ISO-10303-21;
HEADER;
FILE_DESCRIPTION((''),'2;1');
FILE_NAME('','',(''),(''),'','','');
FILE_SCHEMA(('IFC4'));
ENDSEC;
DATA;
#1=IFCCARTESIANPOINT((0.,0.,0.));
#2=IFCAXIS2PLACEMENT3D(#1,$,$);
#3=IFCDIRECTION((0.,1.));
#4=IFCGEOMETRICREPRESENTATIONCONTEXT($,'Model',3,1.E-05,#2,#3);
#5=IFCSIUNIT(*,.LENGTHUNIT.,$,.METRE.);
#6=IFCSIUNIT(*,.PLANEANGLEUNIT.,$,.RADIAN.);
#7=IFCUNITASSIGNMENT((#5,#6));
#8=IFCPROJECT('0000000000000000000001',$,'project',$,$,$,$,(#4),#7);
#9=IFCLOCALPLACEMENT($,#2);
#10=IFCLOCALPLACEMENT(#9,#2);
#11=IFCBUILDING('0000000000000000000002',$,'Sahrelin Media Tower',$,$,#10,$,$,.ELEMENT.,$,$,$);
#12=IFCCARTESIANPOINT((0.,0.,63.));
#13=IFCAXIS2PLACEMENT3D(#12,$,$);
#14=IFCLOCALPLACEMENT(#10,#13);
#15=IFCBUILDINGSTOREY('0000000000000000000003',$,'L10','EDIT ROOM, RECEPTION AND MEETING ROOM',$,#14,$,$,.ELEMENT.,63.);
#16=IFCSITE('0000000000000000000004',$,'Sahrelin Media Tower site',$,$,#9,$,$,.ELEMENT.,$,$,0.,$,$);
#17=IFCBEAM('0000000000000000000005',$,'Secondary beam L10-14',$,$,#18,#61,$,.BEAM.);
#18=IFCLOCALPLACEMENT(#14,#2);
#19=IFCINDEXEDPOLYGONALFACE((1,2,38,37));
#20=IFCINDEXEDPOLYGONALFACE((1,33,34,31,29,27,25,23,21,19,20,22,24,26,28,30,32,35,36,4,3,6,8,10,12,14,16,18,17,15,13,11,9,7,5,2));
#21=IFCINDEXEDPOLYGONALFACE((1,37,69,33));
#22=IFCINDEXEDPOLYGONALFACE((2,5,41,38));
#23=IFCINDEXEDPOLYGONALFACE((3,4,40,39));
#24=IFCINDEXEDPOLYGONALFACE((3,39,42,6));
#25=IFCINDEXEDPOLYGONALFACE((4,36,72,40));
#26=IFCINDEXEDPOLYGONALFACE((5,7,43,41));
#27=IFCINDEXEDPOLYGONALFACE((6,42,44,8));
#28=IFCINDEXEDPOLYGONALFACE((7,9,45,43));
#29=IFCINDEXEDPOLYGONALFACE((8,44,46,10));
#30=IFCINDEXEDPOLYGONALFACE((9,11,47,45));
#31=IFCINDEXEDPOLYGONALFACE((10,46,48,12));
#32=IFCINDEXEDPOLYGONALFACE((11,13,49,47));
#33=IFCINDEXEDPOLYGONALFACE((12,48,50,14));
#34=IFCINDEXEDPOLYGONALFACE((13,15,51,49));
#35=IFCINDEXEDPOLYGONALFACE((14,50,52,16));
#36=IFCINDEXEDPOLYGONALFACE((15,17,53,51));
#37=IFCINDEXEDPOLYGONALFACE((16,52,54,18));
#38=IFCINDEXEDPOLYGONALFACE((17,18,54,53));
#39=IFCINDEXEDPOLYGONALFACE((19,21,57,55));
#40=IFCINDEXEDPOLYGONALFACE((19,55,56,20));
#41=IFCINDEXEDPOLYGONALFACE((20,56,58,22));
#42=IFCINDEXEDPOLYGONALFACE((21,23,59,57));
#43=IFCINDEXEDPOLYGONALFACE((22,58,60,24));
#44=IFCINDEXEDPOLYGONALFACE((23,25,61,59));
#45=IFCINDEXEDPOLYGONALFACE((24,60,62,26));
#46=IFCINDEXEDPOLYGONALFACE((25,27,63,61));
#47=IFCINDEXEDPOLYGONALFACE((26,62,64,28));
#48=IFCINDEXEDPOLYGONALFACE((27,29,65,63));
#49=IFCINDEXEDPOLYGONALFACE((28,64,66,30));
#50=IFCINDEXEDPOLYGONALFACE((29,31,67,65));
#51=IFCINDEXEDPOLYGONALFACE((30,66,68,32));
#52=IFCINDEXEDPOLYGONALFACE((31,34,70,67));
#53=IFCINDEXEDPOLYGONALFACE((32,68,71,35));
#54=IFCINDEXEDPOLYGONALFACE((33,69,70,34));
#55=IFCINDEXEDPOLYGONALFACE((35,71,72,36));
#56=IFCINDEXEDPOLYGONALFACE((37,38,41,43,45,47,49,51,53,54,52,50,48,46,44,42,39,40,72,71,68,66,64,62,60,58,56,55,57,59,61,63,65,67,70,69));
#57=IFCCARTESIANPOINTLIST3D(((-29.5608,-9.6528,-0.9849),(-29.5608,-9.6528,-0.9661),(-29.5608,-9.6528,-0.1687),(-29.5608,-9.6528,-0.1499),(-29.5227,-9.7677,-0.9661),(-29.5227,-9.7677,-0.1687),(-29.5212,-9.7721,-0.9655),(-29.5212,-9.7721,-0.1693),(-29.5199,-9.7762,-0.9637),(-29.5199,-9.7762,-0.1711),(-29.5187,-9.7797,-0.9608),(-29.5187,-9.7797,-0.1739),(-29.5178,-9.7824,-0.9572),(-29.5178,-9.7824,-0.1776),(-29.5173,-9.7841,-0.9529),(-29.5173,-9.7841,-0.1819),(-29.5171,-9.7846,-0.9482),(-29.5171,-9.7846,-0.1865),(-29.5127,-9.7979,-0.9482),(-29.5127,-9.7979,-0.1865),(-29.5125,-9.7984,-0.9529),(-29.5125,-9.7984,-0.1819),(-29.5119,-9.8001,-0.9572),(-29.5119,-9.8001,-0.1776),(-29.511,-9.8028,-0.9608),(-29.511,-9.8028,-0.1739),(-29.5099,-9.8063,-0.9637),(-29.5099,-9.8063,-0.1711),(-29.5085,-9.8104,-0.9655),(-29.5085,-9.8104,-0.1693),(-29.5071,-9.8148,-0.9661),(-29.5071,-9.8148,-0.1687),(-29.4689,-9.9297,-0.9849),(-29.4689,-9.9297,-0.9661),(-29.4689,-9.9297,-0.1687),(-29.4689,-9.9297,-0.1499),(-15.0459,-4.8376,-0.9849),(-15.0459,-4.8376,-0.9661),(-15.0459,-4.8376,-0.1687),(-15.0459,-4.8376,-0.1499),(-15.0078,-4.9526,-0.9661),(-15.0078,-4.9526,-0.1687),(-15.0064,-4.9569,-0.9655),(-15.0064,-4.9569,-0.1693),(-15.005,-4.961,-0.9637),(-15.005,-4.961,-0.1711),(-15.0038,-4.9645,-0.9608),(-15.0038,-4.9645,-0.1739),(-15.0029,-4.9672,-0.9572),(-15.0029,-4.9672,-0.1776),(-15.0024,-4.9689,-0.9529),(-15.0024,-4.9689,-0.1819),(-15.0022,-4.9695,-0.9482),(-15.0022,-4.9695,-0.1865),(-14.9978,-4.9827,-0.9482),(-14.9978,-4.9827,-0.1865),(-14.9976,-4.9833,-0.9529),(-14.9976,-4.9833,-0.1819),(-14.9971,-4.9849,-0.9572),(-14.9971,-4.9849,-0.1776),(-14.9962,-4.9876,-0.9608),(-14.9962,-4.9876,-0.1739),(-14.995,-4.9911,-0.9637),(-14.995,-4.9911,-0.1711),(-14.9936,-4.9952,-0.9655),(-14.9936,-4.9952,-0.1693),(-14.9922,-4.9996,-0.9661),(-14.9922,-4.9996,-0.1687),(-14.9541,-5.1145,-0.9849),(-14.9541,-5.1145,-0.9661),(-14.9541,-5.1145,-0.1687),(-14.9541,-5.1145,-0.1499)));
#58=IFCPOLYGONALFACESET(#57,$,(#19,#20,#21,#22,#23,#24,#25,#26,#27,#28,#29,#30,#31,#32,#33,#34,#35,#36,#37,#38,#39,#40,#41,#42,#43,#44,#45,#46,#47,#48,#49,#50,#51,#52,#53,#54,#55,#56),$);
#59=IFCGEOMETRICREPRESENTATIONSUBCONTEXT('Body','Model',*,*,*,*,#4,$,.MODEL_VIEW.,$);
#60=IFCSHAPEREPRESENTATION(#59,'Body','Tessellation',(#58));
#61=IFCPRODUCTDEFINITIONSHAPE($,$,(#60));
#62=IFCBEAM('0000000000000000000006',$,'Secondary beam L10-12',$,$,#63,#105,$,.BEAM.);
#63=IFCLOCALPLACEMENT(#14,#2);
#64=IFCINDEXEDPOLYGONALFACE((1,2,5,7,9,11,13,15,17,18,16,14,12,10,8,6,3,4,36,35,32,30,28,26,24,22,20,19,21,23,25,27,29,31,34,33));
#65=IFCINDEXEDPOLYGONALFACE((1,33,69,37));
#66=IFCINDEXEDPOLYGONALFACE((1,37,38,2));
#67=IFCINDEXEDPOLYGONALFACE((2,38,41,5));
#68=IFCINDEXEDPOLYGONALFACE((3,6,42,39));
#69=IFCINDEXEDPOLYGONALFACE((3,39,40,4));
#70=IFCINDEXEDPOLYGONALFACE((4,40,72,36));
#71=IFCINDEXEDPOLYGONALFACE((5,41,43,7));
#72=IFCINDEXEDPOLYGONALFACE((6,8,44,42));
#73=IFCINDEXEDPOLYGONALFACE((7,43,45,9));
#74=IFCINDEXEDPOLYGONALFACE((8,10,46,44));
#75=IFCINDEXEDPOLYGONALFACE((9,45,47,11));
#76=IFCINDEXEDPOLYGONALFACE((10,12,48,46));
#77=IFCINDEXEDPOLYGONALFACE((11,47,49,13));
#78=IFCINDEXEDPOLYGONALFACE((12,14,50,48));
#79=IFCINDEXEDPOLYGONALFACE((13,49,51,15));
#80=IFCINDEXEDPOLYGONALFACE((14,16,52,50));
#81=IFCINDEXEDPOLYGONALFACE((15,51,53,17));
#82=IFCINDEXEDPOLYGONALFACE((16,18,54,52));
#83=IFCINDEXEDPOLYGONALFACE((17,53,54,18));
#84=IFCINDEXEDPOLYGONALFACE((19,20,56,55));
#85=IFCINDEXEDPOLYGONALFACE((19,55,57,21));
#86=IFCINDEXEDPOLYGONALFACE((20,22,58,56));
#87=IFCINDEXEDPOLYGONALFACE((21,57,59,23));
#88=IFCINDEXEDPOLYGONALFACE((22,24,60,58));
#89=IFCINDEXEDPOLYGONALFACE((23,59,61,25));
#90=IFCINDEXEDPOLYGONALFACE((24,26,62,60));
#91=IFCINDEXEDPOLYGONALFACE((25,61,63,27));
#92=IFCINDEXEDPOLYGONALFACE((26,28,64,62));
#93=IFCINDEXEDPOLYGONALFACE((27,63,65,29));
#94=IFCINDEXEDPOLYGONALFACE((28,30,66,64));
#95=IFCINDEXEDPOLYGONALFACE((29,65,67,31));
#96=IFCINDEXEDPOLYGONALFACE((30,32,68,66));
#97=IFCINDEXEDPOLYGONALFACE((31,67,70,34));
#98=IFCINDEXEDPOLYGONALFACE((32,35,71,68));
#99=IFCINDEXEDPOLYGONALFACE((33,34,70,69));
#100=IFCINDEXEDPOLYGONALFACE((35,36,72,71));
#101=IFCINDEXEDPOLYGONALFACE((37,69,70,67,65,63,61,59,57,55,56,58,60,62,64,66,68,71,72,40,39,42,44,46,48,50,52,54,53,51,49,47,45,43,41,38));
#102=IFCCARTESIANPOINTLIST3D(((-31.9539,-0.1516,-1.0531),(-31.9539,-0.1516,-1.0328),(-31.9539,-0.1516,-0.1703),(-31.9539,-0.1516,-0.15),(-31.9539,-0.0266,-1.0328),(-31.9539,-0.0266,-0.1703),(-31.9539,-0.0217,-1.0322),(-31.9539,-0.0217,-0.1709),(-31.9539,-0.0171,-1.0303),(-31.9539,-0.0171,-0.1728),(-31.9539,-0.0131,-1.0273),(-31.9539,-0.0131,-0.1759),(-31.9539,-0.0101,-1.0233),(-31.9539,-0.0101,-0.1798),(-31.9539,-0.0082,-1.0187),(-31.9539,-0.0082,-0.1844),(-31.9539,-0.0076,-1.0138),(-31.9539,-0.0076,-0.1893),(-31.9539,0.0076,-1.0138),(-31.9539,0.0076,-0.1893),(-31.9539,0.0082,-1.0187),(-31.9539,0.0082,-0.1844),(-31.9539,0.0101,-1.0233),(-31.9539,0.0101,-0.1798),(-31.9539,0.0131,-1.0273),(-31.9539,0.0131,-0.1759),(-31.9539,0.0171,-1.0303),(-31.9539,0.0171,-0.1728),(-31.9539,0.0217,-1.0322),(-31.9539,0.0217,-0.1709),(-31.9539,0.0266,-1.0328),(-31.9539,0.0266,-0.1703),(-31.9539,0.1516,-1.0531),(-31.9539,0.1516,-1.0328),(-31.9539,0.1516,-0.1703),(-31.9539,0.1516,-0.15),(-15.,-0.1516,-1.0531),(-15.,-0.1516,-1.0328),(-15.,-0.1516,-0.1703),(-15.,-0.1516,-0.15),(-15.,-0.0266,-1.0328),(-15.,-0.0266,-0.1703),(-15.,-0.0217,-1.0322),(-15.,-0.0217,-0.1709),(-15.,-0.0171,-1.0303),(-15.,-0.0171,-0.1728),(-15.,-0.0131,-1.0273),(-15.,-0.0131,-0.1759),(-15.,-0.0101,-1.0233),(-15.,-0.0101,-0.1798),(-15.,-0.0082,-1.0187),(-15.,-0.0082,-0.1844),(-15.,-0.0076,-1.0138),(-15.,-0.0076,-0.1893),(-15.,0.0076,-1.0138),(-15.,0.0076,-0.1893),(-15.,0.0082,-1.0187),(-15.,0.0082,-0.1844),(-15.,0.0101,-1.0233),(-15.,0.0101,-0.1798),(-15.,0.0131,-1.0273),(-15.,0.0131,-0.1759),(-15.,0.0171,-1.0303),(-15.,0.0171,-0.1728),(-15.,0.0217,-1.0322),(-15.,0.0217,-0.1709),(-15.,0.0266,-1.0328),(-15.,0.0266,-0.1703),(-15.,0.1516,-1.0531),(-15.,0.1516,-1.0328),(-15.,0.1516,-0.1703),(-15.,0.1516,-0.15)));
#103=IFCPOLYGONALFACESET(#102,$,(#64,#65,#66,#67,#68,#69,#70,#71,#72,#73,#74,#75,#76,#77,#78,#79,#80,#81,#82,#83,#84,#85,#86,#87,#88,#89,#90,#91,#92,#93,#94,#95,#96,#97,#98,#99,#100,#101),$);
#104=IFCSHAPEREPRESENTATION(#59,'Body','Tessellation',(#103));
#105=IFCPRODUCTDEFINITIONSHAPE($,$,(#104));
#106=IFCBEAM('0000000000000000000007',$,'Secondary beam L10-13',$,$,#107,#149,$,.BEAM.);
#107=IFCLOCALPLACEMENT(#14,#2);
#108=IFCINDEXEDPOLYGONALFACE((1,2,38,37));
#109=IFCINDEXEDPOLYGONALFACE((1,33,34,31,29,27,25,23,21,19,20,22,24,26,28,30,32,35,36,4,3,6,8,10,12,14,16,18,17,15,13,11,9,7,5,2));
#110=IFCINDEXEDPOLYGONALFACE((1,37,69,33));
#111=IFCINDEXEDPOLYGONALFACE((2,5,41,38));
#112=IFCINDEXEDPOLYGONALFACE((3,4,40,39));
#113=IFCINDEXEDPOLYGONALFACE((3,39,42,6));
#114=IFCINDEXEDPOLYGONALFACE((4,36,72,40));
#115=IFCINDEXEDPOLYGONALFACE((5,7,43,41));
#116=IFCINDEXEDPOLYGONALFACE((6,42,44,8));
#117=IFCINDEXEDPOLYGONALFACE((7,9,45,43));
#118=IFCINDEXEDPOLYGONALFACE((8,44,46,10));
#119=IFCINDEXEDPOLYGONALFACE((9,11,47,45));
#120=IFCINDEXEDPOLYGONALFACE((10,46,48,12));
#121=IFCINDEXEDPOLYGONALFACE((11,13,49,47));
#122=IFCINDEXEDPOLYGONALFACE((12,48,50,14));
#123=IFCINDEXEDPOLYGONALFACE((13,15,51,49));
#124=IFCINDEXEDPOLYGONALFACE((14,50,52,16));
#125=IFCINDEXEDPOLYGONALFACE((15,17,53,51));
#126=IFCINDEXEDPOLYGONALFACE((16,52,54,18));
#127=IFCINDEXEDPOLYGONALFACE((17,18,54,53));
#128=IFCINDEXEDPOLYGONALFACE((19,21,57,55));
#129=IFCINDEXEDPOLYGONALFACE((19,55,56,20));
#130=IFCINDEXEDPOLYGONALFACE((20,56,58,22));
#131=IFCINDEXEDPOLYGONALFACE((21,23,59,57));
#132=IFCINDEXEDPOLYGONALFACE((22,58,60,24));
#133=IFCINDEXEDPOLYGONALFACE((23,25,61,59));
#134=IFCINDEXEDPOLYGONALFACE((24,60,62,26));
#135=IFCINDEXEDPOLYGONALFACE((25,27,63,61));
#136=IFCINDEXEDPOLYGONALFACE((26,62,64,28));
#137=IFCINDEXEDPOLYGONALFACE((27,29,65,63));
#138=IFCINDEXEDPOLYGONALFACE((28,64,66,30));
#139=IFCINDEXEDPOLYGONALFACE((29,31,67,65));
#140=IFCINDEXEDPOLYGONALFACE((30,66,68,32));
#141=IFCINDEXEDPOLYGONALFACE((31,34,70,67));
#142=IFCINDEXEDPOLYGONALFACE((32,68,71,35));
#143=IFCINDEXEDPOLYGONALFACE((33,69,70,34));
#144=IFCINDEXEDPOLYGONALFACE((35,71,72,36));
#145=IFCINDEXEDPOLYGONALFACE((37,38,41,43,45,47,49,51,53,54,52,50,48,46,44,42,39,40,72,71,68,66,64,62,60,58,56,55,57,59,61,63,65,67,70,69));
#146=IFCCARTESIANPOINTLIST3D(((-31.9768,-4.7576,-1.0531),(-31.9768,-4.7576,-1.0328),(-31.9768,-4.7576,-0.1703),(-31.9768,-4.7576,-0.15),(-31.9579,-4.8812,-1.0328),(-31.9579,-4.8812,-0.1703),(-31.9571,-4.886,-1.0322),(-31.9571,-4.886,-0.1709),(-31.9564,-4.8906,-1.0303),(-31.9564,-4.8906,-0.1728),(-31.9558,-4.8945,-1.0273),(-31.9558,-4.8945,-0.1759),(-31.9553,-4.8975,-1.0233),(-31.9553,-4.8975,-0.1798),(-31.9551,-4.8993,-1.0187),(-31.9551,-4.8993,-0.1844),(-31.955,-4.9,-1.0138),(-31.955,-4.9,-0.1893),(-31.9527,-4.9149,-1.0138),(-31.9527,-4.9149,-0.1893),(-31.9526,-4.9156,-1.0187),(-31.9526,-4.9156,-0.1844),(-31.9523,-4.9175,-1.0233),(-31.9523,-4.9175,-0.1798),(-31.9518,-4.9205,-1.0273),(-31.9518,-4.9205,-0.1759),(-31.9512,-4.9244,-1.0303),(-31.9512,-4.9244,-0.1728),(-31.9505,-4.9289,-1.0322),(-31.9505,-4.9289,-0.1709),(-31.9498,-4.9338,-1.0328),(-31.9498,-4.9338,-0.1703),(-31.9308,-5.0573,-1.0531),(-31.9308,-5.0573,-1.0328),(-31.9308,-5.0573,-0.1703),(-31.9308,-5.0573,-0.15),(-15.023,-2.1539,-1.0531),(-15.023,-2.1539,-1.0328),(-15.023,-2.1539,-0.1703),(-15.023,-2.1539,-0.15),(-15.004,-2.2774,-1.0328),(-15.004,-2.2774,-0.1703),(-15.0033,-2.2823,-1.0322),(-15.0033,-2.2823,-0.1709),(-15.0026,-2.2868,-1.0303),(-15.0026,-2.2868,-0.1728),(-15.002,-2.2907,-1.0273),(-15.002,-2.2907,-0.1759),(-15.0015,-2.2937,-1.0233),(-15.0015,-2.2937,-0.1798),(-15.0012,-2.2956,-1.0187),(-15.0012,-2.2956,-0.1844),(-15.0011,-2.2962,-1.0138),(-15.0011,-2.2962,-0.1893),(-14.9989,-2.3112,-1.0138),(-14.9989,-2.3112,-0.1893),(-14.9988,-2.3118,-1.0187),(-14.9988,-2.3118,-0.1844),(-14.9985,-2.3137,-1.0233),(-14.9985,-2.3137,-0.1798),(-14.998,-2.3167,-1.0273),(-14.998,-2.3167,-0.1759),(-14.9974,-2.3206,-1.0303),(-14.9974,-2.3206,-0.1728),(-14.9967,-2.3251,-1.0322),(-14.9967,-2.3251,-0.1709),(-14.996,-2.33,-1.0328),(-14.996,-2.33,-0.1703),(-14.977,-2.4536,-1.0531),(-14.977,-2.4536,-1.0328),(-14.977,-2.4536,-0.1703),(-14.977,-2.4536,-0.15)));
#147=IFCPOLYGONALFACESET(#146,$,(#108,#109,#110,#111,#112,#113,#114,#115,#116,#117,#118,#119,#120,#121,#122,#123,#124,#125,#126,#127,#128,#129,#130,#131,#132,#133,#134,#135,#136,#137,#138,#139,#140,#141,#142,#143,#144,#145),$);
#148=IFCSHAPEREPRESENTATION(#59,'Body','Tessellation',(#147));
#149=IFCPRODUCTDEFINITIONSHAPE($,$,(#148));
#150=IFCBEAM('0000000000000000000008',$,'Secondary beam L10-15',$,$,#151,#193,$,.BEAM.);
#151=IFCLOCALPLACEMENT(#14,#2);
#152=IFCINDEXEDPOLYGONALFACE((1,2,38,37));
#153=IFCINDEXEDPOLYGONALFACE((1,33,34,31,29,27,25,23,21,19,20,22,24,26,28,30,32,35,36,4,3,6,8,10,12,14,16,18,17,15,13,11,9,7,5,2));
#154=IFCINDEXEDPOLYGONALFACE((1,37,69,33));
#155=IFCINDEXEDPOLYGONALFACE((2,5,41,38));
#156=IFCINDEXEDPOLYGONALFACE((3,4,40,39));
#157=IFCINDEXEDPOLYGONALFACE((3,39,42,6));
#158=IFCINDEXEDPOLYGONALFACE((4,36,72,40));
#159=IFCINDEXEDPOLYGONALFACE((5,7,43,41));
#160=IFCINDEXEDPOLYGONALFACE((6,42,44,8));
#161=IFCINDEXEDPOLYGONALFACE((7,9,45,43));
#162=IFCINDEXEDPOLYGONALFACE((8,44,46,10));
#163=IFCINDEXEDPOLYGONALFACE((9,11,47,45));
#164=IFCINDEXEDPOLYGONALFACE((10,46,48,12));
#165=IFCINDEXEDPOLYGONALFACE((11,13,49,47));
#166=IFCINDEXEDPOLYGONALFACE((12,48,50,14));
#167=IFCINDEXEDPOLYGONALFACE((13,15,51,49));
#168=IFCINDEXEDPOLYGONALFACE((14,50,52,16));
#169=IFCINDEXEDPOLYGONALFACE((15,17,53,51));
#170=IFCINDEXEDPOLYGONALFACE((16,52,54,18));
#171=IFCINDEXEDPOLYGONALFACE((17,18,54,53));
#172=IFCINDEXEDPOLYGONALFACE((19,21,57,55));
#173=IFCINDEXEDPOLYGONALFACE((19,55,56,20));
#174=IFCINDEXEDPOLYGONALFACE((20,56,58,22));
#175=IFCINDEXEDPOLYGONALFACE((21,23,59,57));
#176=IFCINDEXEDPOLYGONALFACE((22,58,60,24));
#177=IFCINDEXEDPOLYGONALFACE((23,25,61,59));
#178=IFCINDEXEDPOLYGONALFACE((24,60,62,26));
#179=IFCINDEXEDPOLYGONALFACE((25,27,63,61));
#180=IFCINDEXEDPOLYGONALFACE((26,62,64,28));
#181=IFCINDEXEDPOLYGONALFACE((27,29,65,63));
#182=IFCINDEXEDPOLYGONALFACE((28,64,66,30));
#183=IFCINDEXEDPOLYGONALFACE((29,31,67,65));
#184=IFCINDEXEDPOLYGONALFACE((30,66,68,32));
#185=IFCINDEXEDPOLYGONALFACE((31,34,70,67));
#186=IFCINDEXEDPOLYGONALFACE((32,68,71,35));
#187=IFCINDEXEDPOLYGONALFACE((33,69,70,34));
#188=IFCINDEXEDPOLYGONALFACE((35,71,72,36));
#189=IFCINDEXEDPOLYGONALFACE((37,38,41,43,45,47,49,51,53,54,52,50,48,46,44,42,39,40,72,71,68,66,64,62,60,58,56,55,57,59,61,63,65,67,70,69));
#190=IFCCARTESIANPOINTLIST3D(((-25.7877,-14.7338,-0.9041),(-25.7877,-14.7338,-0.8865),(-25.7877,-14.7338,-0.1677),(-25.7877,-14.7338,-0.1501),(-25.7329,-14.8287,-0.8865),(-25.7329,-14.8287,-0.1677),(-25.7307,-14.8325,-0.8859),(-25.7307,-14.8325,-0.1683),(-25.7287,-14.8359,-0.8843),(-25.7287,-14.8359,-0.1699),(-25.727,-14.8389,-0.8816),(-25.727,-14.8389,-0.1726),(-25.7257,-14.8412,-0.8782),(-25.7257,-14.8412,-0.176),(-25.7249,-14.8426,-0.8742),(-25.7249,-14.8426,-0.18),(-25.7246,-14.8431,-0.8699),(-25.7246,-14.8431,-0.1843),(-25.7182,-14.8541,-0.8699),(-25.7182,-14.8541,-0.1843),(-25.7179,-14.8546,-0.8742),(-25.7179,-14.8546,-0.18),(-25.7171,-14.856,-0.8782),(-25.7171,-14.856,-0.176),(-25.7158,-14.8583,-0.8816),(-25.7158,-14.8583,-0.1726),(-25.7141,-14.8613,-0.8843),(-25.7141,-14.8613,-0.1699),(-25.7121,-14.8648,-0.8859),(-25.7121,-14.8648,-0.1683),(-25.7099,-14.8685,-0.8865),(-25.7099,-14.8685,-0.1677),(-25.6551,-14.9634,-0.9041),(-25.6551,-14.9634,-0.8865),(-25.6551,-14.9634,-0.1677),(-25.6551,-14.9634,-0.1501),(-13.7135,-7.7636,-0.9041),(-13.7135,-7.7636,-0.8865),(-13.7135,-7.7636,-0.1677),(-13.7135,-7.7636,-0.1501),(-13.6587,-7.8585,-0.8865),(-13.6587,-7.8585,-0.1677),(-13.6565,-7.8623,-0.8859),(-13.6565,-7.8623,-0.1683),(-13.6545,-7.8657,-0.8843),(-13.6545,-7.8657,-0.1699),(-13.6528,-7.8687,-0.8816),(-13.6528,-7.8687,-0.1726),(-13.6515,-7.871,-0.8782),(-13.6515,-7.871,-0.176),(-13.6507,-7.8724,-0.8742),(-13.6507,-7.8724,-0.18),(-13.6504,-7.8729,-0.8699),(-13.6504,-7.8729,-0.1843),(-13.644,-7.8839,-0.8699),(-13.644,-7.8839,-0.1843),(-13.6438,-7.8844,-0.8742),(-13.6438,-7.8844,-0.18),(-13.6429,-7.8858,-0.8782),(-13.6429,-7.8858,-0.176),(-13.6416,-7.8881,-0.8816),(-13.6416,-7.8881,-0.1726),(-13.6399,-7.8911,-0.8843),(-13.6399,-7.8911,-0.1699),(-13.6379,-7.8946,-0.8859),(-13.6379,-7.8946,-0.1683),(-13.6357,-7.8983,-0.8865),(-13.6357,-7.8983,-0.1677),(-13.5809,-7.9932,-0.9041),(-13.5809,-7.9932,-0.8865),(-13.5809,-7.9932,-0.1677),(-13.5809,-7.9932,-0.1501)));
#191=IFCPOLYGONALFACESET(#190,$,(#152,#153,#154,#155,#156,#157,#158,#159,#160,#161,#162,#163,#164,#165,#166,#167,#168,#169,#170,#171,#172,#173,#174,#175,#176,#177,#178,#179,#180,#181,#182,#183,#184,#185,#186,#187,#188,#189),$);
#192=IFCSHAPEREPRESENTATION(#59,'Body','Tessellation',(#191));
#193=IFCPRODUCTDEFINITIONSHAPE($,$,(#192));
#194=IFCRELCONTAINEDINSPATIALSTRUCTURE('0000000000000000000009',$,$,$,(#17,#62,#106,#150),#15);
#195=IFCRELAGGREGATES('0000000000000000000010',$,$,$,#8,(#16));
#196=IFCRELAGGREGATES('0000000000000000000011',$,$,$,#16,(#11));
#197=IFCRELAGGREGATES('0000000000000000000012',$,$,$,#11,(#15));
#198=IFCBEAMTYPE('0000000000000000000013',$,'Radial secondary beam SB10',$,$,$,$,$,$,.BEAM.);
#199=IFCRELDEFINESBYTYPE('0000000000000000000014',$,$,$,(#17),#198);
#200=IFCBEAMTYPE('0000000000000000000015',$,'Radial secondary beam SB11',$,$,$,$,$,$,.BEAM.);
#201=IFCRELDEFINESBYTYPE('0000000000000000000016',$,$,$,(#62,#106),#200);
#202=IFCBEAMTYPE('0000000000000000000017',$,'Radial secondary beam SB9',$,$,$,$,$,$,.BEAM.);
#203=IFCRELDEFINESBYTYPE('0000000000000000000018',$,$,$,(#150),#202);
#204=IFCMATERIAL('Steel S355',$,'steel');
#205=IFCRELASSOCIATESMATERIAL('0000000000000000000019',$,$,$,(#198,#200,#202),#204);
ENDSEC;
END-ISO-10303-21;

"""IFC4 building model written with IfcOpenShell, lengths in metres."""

from ifc_helpers import new_model, si_unit, direction, frame, origin, origin_2d, place, context, subcontext, project, spatial, i_section, extrude, material, material_profile, profile_set, type_object, element, save


model = new_model("IFC4")

# Units and contexts
model_context = context("Model", 3, precision=1e-05, world=origin(), true_north=direction((0.0, 1.0)))
body_context = subcontext(model_context, "Body", "Model", "MODEL_VIEW")
ifc_project = project(units=[si_unit("LENGTHUNIT", "METRE"), si_unit("PLANEANGLEUNIT", "RADIAN")], contexts=[model_context])

# Site, building, storey
site_placement = place(None, origin())
site = spatial("IfcSite", under=ifc_project, at=site_placement, Name="Sahrelin Media Tower site", CompositionType="ELEMENT", RefElevation=0.0)
building_placement = place(site_placement, origin())
building = spatial("IfcBuilding", under=site, at=building_placement, Name="Sahrelin Media Tower", CompositionType="ELEMENT")
storey_placement = place(building_placement, frame((0.0, 0.0, 63.0)))
storey = spatial("IfcBuildingStorey", under=building, at=storey_placement, Name="L10", Description="EDIT ROOM, RECEPTION AND MEETING ROOM", CompositionType="ELEMENT", Elevation=63.0)

# Beams
ifc_material_1 = material(Name="Steel S355", Category="steel")
ifc_material_profile_1 = material_profile(ifc_material_1, i_section(OverallWidth=0.2917, OverallDepth=0.835, WebThickness=0.0139, FlangeThickness=0.0188, FilletRadius=0.0178, at=origin_2d()), Name="UB 838x292x176")
ifc_profile_set_1 = profile_set([ifc_material_profile_1], Name="Steel S355")
beam_type_1 = type_object("IfcBeamType", Name="Radial secondary beam SB10", PredefinedType="BEAM", material=ifc_profile_set_1)
beam_1_placement = place(storey_placement, frame((-15.0, -4.9761, -0.5674), z_axis=(-0.949136, -0.314867, 0.0), x_axis=(0.314867, -0.949136, 0.0)))
element("IfcBeam", 1, at=beam_1_placement, inside=storey, type_object=beam_type_1, Name="Secondary beam L10-14", PredefinedType="BEAM", context=body_context, shape_type="SweptSolid", body=[
    extrude(i_section(OverallWidth=0.2917, OverallDepth=0.835, WebThickness=0.0139, FlangeThickness=0.0188, FilletRadius=0.0178, at=origin_2d()), origin(), (0.0, 0.0, 1.0), 15.2927),
])
ifc_material_profile_2 = material_profile(ifc_material_1, i_section(OverallWidth=0.3032, OverallDepth=0.9031, WebThickness=0.0151, FlangeThickness=0.0203, FilletRadius=0.019, at=origin_2d()), Name="UB 914x305x201")
ifc_profile_set_2 = profile_set([ifc_material_profile_2], Name="Steel S355")
beam_type_2 = type_object("IfcBeamType", Name="Radial secondary beam SB11", PredefinedType="BEAM", material=ifc_profile_set_2)
beam_2_placement = place(storey_placement, frame((-15.0, 0.0, -0.6016), z_axis=(-1.0, 0.0, 0.0), x_axis=(0.0, -1.0, 0.0)))
element("IfcBeam", 2, at=beam_2_placement, inside=storey, type_object=beam_type_2, Name="Secondary beam L10-12", PredefinedType="BEAM", context=body_context, shape_type="SweptSolid", body=[
    extrude(i_section(OverallWidth=0.3032, OverallDepth=0.9031, WebThickness=0.0151, FlangeThickness=0.0203, FilletRadius=0.019, at=origin_2d()), origin(), (0.0, 0.0, 1.0), 16.9539),
])
beam_3_placement = place(storey_placement, frame((-15.0, -2.3037, -0.6016), z_axis=(-0.988411, -0.151799, 0.0), x_axis=(0.151799, -0.988411, 0.0)))
element("IfcBeam", 3, at=beam_3_placement, inside=storey, type_object=beam_type_2, Name="Secondary beam L10-13", PredefinedType="BEAM", context=body_context, shape_type="SweptSolid", body=[
    extrude(i_section(OverallWidth=0.3032, OverallDepth=0.9031, WebThickness=0.0151, FlangeThickness=0.0203, FilletRadius=0.019, at=origin_2d()), origin(), (0.0, 0.0, 1.0), 17.1526),
])
ifc_material_profile_3 = material_profile(ifc_material_1, i_section(OverallWidth=0.2651, OverallDepth=0.7539, WebThickness=0.0127, FlangeThickness=0.0176, FilletRadius=0.0166, at=origin_2d()), Name="UB 762x267x147")
ifc_profile_set_3 = profile_set([ifc_material_profile_3], Name="Steel S355")
beam_type_3 = type_object("IfcBeamType", Name="Radial secondary beam SB9", PredefinedType="BEAM", material=ifc_profile_set_3)
beam_4_placement = place(storey_placement, frame((-13.6472, -7.8784, -0.5271), z_axis=(-0.866051, -0.499955, 0.0), x_axis=(0.499955, -0.866051, 0.0)))
element("IfcBeam", 4, at=beam_4_placement, inside=storey, type_object=beam_type_3, Name="Secondary beam L10-15", PredefinedType="BEAM", context=body_context, shape_type="SweptSolid", body=[
    extrude(i_section(OverallWidth=0.2651, OverallDepth=0.7539, WebThickness=0.0127, FlangeThickness=0.0176, FilletRadius=0.0166, at=origin_2d()), origin(), (0.0, 0.0, 1.0), 13.9417),
])

save(model, "model.ifc")
